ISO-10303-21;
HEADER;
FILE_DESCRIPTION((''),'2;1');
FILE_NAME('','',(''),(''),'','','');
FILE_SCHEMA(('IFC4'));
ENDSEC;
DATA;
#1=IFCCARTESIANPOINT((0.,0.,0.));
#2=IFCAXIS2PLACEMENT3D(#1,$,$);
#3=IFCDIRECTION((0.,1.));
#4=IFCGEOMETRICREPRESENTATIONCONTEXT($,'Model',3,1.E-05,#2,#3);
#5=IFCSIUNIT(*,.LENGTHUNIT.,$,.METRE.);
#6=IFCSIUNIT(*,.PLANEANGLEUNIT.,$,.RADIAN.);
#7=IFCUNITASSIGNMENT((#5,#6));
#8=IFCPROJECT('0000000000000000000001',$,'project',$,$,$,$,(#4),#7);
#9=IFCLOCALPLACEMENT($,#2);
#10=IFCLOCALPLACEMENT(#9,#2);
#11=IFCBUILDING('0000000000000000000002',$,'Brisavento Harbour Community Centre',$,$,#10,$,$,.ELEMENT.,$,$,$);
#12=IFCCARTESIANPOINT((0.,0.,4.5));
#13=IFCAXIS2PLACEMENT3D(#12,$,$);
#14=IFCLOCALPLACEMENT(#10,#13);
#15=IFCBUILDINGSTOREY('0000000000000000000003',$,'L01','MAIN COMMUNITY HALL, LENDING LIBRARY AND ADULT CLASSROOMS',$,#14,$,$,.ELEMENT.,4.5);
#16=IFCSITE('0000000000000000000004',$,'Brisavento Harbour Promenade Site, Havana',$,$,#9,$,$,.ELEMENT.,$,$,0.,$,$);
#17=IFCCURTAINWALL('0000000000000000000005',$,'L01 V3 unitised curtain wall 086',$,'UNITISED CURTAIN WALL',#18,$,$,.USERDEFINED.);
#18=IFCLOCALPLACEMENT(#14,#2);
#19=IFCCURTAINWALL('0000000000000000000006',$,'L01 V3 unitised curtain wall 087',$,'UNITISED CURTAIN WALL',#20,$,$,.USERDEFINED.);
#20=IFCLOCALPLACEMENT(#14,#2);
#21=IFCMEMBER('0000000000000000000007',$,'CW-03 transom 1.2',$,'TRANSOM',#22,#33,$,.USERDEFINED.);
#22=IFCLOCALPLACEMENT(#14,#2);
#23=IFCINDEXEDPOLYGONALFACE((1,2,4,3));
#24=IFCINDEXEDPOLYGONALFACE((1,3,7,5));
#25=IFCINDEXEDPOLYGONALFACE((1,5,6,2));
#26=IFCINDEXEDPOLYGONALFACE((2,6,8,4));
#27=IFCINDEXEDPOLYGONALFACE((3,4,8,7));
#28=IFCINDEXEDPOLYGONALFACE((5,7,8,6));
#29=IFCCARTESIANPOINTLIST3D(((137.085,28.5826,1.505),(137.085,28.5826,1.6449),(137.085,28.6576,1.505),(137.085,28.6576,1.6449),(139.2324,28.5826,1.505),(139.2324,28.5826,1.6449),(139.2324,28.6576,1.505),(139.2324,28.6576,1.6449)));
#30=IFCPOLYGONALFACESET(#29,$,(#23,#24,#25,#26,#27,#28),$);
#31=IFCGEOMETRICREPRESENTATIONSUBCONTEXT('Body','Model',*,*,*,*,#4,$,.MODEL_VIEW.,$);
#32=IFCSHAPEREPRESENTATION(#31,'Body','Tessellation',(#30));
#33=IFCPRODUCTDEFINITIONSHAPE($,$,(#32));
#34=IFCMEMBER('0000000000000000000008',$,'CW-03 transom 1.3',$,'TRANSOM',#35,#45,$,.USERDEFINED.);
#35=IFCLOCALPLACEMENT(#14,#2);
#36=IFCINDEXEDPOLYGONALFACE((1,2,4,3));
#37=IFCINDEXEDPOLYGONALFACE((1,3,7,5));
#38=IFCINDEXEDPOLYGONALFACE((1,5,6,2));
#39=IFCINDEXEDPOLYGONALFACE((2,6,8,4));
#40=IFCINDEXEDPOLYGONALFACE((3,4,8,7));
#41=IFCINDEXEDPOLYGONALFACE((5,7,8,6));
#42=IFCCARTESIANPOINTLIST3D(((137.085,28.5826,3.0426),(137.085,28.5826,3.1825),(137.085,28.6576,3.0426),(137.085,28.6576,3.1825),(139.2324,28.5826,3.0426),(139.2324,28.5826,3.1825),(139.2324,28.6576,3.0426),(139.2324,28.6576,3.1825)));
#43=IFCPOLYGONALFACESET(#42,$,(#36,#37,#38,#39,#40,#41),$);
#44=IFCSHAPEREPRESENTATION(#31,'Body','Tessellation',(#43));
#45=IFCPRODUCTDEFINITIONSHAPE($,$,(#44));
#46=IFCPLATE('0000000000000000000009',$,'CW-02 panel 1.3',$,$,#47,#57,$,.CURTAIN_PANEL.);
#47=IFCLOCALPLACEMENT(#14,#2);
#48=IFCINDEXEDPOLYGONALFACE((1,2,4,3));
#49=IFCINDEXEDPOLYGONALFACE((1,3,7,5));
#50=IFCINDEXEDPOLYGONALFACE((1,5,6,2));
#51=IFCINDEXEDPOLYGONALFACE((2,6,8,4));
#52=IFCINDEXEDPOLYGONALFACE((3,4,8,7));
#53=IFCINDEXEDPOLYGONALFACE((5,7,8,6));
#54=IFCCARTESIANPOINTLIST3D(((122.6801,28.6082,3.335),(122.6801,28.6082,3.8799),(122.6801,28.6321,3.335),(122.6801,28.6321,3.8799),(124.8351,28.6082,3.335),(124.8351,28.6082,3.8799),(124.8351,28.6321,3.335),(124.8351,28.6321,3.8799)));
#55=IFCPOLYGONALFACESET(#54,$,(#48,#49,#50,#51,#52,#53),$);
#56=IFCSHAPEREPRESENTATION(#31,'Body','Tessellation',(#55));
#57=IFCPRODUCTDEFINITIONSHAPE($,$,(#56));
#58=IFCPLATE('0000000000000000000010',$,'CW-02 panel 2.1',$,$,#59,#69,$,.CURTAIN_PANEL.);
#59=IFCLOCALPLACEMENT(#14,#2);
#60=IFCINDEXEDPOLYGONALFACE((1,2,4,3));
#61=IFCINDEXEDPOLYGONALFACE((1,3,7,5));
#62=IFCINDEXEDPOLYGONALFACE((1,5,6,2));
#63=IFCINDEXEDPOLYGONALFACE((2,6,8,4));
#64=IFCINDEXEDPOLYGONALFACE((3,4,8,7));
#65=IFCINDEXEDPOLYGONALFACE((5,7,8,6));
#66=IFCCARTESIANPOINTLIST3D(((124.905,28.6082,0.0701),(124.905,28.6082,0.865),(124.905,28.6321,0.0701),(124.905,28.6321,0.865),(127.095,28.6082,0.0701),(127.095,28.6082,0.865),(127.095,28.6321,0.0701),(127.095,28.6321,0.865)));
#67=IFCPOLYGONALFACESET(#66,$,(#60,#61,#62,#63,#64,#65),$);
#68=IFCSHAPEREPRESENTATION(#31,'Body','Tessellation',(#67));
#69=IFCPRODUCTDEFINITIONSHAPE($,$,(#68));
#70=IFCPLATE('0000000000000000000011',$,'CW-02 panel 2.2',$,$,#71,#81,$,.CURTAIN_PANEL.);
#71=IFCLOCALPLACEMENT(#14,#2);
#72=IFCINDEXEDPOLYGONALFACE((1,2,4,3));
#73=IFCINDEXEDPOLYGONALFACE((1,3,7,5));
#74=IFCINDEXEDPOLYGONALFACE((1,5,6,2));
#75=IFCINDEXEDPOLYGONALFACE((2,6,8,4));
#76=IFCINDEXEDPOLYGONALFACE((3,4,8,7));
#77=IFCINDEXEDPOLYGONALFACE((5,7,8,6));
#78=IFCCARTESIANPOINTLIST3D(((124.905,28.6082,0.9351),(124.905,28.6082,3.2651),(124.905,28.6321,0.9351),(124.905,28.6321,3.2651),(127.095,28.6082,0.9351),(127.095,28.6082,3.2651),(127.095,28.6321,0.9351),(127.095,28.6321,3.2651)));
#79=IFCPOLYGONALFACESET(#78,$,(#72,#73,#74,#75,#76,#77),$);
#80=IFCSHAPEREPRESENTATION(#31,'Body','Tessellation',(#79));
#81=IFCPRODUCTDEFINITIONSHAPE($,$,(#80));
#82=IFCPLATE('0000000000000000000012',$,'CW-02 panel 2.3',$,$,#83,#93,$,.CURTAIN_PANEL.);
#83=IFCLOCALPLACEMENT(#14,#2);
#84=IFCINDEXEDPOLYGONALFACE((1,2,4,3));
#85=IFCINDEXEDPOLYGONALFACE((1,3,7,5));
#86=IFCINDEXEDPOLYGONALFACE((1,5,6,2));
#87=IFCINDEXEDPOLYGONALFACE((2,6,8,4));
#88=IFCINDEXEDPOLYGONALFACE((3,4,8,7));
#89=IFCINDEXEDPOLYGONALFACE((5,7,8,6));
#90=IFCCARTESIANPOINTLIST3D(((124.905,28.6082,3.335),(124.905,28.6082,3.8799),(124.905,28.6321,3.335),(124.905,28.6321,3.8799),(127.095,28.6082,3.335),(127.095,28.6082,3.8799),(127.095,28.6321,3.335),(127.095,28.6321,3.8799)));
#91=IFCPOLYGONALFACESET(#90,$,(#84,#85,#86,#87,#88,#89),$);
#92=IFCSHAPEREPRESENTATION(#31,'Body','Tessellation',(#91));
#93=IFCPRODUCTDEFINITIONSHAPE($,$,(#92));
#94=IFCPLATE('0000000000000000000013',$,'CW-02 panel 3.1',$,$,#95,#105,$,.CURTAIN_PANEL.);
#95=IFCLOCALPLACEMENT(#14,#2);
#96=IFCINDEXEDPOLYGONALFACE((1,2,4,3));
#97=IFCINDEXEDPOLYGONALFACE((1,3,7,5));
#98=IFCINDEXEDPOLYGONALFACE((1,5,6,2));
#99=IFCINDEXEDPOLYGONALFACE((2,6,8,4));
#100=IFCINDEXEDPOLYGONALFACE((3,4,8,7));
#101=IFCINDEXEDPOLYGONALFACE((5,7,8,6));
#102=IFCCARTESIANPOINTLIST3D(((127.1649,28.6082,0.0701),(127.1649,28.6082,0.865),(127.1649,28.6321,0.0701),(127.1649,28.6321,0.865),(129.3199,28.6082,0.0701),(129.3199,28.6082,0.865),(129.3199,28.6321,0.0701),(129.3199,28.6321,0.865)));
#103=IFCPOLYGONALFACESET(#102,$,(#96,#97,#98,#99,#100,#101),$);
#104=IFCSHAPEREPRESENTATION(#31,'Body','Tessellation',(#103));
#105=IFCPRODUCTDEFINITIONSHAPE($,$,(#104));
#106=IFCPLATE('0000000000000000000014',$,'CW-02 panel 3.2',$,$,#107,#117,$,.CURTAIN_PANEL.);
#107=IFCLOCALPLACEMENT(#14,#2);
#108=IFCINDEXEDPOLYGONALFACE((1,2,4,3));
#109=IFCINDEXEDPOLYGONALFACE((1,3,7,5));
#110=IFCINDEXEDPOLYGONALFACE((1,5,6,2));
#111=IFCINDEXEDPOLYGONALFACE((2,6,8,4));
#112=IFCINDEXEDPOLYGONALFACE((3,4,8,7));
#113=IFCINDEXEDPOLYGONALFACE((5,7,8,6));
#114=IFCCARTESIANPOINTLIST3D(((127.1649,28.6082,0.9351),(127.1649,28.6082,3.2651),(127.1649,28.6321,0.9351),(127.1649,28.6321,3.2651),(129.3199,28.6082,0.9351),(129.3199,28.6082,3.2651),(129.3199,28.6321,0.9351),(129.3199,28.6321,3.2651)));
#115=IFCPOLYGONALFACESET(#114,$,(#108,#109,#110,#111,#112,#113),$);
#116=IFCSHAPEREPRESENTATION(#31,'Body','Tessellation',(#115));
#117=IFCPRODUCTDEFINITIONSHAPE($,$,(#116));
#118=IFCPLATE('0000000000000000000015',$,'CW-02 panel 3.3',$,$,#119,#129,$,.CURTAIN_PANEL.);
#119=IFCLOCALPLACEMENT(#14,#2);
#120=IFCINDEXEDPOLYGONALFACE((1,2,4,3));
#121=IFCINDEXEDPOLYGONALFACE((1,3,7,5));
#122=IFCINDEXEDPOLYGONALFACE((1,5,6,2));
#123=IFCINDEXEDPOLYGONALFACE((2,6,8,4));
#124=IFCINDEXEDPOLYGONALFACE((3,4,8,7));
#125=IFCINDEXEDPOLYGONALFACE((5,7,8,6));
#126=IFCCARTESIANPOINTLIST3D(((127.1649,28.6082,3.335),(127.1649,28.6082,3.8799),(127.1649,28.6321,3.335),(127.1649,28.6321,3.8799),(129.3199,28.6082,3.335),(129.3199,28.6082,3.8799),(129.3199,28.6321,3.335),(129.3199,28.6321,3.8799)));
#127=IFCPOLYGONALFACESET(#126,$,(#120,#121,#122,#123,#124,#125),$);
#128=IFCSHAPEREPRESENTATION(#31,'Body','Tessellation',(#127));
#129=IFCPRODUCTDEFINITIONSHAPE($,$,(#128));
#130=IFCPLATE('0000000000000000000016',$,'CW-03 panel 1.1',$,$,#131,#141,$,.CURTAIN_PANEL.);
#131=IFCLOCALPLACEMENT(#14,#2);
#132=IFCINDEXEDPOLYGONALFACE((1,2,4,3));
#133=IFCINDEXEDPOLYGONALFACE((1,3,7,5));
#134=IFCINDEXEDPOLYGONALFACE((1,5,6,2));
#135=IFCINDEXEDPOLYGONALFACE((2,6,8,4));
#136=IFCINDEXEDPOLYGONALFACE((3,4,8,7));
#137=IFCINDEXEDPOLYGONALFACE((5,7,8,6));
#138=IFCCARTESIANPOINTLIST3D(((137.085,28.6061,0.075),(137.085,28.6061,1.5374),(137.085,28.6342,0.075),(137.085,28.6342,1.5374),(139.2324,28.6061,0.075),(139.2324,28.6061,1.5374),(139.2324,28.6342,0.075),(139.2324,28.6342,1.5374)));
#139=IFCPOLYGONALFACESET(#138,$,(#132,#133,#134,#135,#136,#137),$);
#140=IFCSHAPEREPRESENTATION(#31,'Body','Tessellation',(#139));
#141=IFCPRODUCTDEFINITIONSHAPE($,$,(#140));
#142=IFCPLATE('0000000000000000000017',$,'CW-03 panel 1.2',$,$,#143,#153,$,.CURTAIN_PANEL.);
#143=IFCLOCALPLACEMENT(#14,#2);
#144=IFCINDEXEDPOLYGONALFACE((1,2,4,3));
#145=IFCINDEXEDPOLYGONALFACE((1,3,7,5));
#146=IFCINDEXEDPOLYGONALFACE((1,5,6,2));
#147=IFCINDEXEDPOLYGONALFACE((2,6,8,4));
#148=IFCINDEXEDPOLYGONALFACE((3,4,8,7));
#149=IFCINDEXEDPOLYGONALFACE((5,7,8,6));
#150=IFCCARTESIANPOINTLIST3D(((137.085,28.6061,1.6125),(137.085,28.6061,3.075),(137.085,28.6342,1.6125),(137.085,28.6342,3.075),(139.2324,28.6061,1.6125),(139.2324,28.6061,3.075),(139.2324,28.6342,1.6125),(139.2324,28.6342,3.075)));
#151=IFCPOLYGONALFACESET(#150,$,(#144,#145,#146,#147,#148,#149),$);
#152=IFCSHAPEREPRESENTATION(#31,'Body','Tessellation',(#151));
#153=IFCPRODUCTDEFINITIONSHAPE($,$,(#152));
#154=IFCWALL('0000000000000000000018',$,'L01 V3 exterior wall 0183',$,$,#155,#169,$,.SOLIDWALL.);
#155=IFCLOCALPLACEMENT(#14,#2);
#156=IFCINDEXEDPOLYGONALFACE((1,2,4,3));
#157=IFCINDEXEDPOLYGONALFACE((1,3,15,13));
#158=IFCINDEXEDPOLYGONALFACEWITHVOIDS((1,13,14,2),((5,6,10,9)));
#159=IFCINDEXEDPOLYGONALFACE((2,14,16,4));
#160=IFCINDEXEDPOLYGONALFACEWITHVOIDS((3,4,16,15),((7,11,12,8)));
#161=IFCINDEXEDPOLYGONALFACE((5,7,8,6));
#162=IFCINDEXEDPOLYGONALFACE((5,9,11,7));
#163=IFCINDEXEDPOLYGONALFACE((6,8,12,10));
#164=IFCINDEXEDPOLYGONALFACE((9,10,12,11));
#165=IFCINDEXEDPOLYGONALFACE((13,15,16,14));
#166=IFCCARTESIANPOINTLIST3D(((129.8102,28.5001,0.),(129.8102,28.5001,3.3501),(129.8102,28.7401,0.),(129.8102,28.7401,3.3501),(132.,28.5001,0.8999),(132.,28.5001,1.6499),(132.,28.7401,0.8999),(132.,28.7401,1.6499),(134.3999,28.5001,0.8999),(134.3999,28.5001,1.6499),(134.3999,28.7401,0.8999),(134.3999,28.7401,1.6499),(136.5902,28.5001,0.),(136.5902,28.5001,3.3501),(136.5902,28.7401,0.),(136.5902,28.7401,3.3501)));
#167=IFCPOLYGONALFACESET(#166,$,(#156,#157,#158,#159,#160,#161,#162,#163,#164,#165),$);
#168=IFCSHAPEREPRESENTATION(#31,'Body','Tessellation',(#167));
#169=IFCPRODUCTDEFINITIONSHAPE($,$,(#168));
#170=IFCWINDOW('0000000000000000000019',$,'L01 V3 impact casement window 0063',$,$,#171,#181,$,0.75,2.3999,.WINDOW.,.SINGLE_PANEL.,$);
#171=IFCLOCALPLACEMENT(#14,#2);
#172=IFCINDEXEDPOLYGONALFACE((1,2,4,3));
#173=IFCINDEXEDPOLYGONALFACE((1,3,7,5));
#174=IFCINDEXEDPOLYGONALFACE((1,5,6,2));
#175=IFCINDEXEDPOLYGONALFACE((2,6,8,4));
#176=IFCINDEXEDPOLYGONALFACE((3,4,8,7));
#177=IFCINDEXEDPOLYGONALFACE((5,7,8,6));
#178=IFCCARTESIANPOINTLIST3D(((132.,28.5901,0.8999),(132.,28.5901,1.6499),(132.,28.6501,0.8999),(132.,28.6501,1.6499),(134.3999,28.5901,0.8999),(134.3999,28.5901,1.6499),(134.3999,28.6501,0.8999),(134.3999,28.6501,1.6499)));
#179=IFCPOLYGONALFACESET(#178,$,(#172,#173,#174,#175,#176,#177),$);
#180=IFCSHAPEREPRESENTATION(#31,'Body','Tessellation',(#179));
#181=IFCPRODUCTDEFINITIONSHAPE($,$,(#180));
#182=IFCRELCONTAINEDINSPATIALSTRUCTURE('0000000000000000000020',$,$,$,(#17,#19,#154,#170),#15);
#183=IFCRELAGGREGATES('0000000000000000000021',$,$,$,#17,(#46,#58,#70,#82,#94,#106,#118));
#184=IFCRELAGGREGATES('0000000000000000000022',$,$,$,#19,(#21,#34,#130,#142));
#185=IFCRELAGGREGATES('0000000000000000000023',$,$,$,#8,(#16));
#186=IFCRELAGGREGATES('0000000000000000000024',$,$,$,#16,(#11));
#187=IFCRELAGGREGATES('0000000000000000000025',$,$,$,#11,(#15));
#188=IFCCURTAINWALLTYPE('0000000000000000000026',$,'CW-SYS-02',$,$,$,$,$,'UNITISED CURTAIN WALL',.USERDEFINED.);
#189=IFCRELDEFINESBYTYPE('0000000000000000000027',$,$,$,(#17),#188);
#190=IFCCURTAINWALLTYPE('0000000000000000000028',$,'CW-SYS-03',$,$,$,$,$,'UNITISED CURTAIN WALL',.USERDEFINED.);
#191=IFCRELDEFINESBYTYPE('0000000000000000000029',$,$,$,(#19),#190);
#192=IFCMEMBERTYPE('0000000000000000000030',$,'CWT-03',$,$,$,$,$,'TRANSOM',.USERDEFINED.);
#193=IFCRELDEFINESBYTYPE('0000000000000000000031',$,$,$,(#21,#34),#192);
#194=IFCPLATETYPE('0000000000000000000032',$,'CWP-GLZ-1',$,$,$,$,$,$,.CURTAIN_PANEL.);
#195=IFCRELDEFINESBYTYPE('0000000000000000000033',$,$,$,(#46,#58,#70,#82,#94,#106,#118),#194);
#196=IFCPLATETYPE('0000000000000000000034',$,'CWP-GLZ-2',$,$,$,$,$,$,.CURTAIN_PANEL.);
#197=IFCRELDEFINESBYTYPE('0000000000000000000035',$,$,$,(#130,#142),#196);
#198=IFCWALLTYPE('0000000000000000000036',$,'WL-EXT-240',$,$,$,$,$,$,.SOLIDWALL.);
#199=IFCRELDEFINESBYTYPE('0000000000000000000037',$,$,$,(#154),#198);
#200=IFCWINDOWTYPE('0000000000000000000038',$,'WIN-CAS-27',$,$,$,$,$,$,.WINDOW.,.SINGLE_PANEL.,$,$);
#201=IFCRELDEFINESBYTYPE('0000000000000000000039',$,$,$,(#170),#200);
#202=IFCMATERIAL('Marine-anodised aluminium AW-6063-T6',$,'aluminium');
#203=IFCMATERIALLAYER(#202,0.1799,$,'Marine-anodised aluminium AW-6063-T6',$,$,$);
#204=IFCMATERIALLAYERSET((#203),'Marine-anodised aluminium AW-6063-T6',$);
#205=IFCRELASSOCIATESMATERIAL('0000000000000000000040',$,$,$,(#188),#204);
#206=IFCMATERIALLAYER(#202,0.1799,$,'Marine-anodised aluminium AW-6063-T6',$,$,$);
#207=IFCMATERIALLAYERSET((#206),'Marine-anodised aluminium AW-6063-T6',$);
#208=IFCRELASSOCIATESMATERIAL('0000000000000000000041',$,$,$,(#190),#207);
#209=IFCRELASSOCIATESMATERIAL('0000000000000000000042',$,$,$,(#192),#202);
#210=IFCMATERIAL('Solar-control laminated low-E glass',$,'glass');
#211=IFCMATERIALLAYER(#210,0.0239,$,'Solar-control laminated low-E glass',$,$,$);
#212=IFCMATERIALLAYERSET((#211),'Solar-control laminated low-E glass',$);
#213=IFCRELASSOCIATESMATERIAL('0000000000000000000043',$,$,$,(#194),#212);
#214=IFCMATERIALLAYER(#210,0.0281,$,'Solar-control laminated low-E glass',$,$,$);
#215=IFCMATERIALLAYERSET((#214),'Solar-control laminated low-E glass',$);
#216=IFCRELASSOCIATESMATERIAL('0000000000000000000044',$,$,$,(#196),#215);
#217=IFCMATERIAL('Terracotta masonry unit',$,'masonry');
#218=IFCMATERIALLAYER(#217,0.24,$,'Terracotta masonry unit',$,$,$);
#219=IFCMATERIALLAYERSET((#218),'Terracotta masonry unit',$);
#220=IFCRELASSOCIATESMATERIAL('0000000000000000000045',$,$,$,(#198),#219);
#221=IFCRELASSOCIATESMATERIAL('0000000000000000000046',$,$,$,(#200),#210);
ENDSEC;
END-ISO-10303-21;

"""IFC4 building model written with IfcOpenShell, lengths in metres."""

from ifc_helpers import new_model, si_unit, direction, frame, frame_2d, origin, origin_2d, place, context, subcontext, project, spatial, rectangle, extrude, material, layer, layer_set, material_profile, profile_set, type_object, element, fill, aggregate, save


model = new_model("IFC4")

# Units and contexts
model_context = context("Model", 3, precision=1e-05, world=origin(), true_north=direction((0.0, 1.0)))
body_context = subcontext(model_context, "Body", "Model", "MODEL_VIEW")
ifc_project = project(units=[si_unit("LENGTHUNIT", "METRE"), si_unit("PLANEANGLEUNIT", "RADIAN")], contexts=[model_context])

# Site, building, storey
site_placement = place(None, origin())
site = spatial("IfcSite", under=ifc_project, at=site_placement, Name="Brisavento Harbour Promenade Site, Havana", CompositionType="ELEMENT", RefElevation=0.0)
building_placement = place(site_placement, origin())
building = spatial("IfcBuilding", under=site, at=building_placement, Name="Brisavento Harbour Community Centre", CompositionType="ELEMENT")
storey_placement = place(building_placement, frame((0.0, 0.0, 4.5)))
storey = spatial("IfcBuildingStorey", under=building, at=storey_placement, Name="L01", Description="MAIN COMMUNITY HALL, LENDING LIBRARY AND ADULT CLASSROOMS", CompositionType="ELEMENT", Elevation=4.5)

# Curtain walls
ifc_material_1 = material(Name="Marine-anodised aluminium AW-6063-T6", Category="aluminium")
ifc_layer_1 = layer(ifc_material_1, 0.1799, Name="Marine-anodised aluminium AW-6063-T6")
ifc_layer_set_1 = layer_set([ifc_layer_1], Name="Marine-anodised aluminium AW-6063-T6")
curtain_wall_type_1 = type_object("IfcCurtainWallType", Name="CW-SYS-02", ElementType="UNITISED CURTAIN WALL", PredefinedType="USERDEFINED", material=ifc_layer_set_1)
curtain_wall_1_placement = place(storey_placement, origin())
curtain_wall_1 = element("IfcCurtainWall", 1, at=curtain_wall_1_placement, inside=storey, type_object=curtain_wall_type_1, Name="L01 V3 unitised curtain wall 086", ObjectType="UNITISED CURTAIN WALL", PredefinedType="USERDEFINED")
ifc_layer_2 = layer(ifc_material_1, 0.1799, Name="Marine-anodised aluminium AW-6063-T6")
ifc_layer_set_2 = layer_set([ifc_layer_2], Name="Marine-anodised aluminium AW-6063-T6")
curtain_wall_type_2 = type_object("IfcCurtainWallType", Name="CW-SYS-03", ElementType="UNITISED CURTAIN WALL", PredefinedType="USERDEFINED", material=ifc_layer_set_2)
curtain_wall_2_placement = place(storey_placement, origin())
curtain_wall_2 = element("IfcCurtainWall", 2, at=curtain_wall_2_placement, inside=storey, type_object=curtain_wall_type_2, Name="L01 V3 unitised curtain wall 087", ObjectType="UNITISED CURTAIN WALL", PredefinedType="USERDEFINED")

# Members
ifc_material_profile_1 = material_profile(ifc_material_1, rectangle(XDim=0.075, YDim=0.1399, at=origin_2d()), Name="Marine-anodised aluminium AW-6063-T6")
ifc_profile_set_1 = profile_set([ifc_material_profile_1], Name="Marine-anodised aluminium AW-6063-T6")
member_type_1 = type_object("IfcMemberType", Name="CWT-03", ElementType="TRANSOM", PredefinedType="USERDEFINED", material=ifc_profile_set_1)
member_1_placement = place(storey_placement, frame((137.085, 28.6201, 1.575), z_axis=(1.0, 0.0, 0.0), x_axis=(0.0, 1.0, 0.0)))
member_1 = element("IfcMember", 3, at=member_1_placement, type_object=member_type_1, Name="CW-03 transom 1.2", ObjectType="TRANSOM", PredefinedType="USERDEFINED", context=body_context, shape_type="SweptSolid", body=[
    extrude(rectangle(XDim=0.075, YDim=0.1399, at=origin_2d()), origin(), (0.0, 0.0, 1.0), 2.1475),
])
member_2_placement = place(storey_placement, frame((137.085, 28.6201, 3.1125), z_axis=(1.0, 0.0, 0.0), x_axis=(0.0, 1.0, 0.0)))
member_2 = element("IfcMember", 4, at=member_2_placement, type_object=member_type_1, Name="CW-03 transom 1.3", ObjectType="TRANSOM", PredefinedType="USERDEFINED", context=body_context, shape_type="SweptSolid", body=[
    extrude(rectangle(XDim=0.075, YDim=0.1399, at=origin_2d()), origin(), (0.0, 0.0, 1.0), 2.1475),
])

# Plates
ifc_material_2 = material(Name="Solar-control laminated low-E glass", Category="glass")
ifc_layer_3 = layer(ifc_material_2, 0.0239, Name="Solar-control laminated low-E glass")
ifc_layer_set_3 = layer_set([ifc_layer_3], Name="Solar-control laminated low-E glass")
plate_type_1 = type_object("IfcPlateType", Name="CWP-GLZ-1", PredefinedType="CURTAIN_PANEL", material=ifc_layer_set_3)
plate_1_placement = place(storey_placement, frame((123.7576, 28.6201, 3.335), z_axis=(0.0, 0.0, 1.0), x_axis=(1.0, 0.0, 0.0)))
plate_1 = element("IfcPlate", 5, at=plate_1_placement, type_object=plate_type_1, Name="CW-02 panel 1.3", PredefinedType="CURTAIN_PANEL", context=body_context, shape_type="SweptSolid", body=[
    extrude(rectangle(XDim=2.155, YDim=0.0239, at=origin_2d()), origin(), (0.0, 0.0, 1.0), 0.5449),
])
plate_2_placement = place(storey_placement, frame((126.0, 28.6201, 0.0701), z_axis=(0.0, 0.0, 1.0), x_axis=(1.0, 0.0, 0.0)))
plate_2 = element("IfcPlate", 6, at=plate_2_placement, type_object=plate_type_1, Name="CW-02 panel 2.1", PredefinedType="CURTAIN_PANEL", context=body_context, shape_type="SweptSolid", body=[
    extrude(rectangle(XDim=2.1899, YDim=0.0239, at=origin_2d()), origin(), (0.0, 0.0, 1.0), 0.7949),
])
plate_3_placement = place(storey_placement, frame((126.0, 28.6201, 0.9351), z_axis=(0.0, 0.0, 1.0), x_axis=(1.0, 0.0, 0.0)))
plate_3 = element("IfcPlate", 7, at=plate_3_placement, type_object=plate_type_1, Name="CW-02 panel 2.2", PredefinedType="CURTAIN_PANEL", context=body_context, shape_type="SweptSolid", body=[
    extrude(rectangle(XDim=2.1899, YDim=0.0239, at=origin_2d()), origin(), (0.0, 0.0, 1.0), 2.3301),
])
plate_4_placement = place(storey_placement, frame((126.0, 28.6201, 3.335), z_axis=(0.0, 0.0, 1.0), x_axis=(1.0, 0.0, 0.0)))
plate_4 = element("IfcPlate", 8, at=plate_4_placement, type_object=plate_type_1, Name="CW-02 panel 2.3", PredefinedType="CURTAIN_PANEL", context=body_context, shape_type="SweptSolid", body=[
    extrude(rectangle(XDim=2.1899, YDim=0.0239, at=origin_2d()), origin(), (0.0, 0.0, 1.0), 0.5449),
])
plate_5_placement = place(storey_placement, frame((128.2424, 28.6201, 0.0701), z_axis=(0.0, 0.0, 1.0), x_axis=(1.0, 0.0, 0.0)))
plate_5 = element("IfcPlate", 9, at=plate_5_placement, type_object=plate_type_1, Name="CW-02 panel 3.1", PredefinedType="CURTAIN_PANEL", context=body_context, shape_type="SweptSolid", body=[
    extrude(rectangle(XDim=2.155, YDim=0.0239, at=origin_2d()), origin(), (0.0, 0.0, 1.0), 0.7949),
])
plate_6_placement = place(storey_placement, frame((128.2424, 28.6201, 0.9351), z_axis=(0.0, 0.0, 1.0), x_axis=(1.0, 0.0, 0.0)))
plate_6 = element("IfcPlate", 10, at=plate_6_placement, type_object=plate_type_1, Name="CW-02 panel 3.2", PredefinedType="CURTAIN_PANEL", context=body_context, shape_type="SweptSolid", body=[
    extrude(rectangle(XDim=2.155, YDim=0.0239, at=origin_2d()), origin(), (0.0, 0.0, 1.0), 2.3301),
])
plate_7_placement = place(storey_placement, frame((128.2424, 28.6201, 3.335), z_axis=(0.0, 0.0, 1.0), x_axis=(1.0, 0.0, 0.0)))
plate_7 = element("IfcPlate", 11, at=plate_7_placement, type_object=plate_type_1, Name="CW-02 panel 3.3", PredefinedType="CURTAIN_PANEL", context=body_context, shape_type="SweptSolid", body=[
    extrude(rectangle(XDim=2.155, YDim=0.0239, at=origin_2d()), origin(), (0.0, 0.0, 1.0), 0.5449),
])
aggregate(curtain_wall_1, [plate_1, plate_2, plate_3, plate_4, plate_5, plate_6, plate_7])
ifc_layer_4 = layer(ifc_material_2, 0.0281, Name="Solar-control laminated low-E glass")
ifc_layer_set_4 = layer_set([ifc_layer_4], Name="Solar-control laminated low-E glass")
plate_type_2 = type_object("IfcPlateType", Name="CWP-GLZ-2", PredefinedType="CURTAIN_PANEL", material=ifc_layer_set_4)
plate_8_placement = place(storey_placement, frame((138.1587, 28.6201, 0.075), z_axis=(0.0, 0.0, 1.0), x_axis=(1.0, 0.0, 0.0)))
plate_8 = element("IfcPlate", 12, at=plate_8_placement, type_object=plate_type_2, Name="CW-03 panel 1.1", PredefinedType="CURTAIN_PANEL", context=body_context, shape_type="SweptSolid", body=[
    extrude(rectangle(XDim=2.1475, YDim=0.0281, at=origin_2d()), origin(), (0.0, 0.0, 1.0), 1.4624),
])
plate_9_placement = place(storey_placement, frame((138.1587, 28.6201, 1.6125), z_axis=(0.0, 0.0, 1.0), x_axis=(1.0, 0.0, 0.0)))
plate_9 = element("IfcPlate", 13, at=plate_9_placement, type_object=plate_type_2, Name="CW-03 panel 1.2", PredefinedType="CURTAIN_PANEL", context=body_context, shape_type="SweptSolid", body=[
    extrude(rectangle(XDim=2.1475, YDim=0.0281, at=origin_2d()), origin(), (0.0, 0.0, 1.0), 1.4624),
])
aggregate(curtain_wall_2, [member_1, member_2, plate_8, plate_9])

# Wall, opening, window
ifc_material_3 = material(Name="Terracotta masonry unit", Category="masonry")
ifc_layer_5 = layer(ifc_material_3, 0.24, Name="Terracotta masonry unit")
ifc_layer_set_5 = layer_set([ifc_layer_5], Name="Terracotta masonry unit")
wall_type = type_object("IfcWallType", Name="WL-EXT-240", PredefinedType="SOLIDWALL", material=ifc_layer_set_5)
wall_placement = place(storey_placement, frame((129.8101, 28.6201, 0.0), z_axis=(0.0, 0.0, 1.0), x_axis=(1.0, 0.0, 0.0)))
wall = element("IfcWall", 14, at=wall_placement, inside=storey, type_object=wall_type, Name="L01 V3 exterior wall 0183", PredefinedType="SOLIDWALL", context=body_context, shape_type="SweptSolid", body=[
    extrude(rectangle(XDim=6.78, YDim=0.24, at=frame_2d((3.3901, 0.0))), origin(), (0.0, 0.0, 1.0), 3.3501),
])
opening_placement = place(wall_placement, frame((2.1899, 0.0, 0.8999)))
opening = element("IfcOpeningElement", 15, at=opening_placement, cuts=wall, PredefinedType="OPENING", context=body_context, shape_type="SweptSolid", body=[
    extrude(rectangle(XDim=2.3999, YDim=0.75, at=frame_2d((1.2, 0.375))), frame((0.0, 0.1299, 0.0), z_axis=(0.0, -1.0, 0.0), x_axis=(1.0, 0.0, 0.0)), (0.0, 0.0, 1.0), 0.26),
])
window_type = type_object("IfcWindowType", Name="WIN-CAS-27", PartitioningType="SINGLE_PANEL", PredefinedType="WINDOW", material=ifc_material_2)
window_placement = place(opening_placement, origin())
window = element("IfcWindow", 16, at=window_placement, inside=storey, type_object=window_type, Name="L01 V3 impact casement window 0063", OverallHeight=0.75, OverallWidth=2.3999, PartitioningType="SINGLE_PANEL", PredefinedType="WINDOW", context=body_context, shape_type="SweptSolid", body=[
    extrude(rectangle(XDim=2.3999, YDim=0.75, at=frame_2d((1.2, 0.375))), frame((0.0, 0.03, 0.0), z_axis=(0.0, -1.0, 0.0), x_axis=(1.0, 0.0, 0.0)), (0.0, 0.0, 1.0), 0.0601),
])
fill(opening, window)

save(model, "model.ifc")
